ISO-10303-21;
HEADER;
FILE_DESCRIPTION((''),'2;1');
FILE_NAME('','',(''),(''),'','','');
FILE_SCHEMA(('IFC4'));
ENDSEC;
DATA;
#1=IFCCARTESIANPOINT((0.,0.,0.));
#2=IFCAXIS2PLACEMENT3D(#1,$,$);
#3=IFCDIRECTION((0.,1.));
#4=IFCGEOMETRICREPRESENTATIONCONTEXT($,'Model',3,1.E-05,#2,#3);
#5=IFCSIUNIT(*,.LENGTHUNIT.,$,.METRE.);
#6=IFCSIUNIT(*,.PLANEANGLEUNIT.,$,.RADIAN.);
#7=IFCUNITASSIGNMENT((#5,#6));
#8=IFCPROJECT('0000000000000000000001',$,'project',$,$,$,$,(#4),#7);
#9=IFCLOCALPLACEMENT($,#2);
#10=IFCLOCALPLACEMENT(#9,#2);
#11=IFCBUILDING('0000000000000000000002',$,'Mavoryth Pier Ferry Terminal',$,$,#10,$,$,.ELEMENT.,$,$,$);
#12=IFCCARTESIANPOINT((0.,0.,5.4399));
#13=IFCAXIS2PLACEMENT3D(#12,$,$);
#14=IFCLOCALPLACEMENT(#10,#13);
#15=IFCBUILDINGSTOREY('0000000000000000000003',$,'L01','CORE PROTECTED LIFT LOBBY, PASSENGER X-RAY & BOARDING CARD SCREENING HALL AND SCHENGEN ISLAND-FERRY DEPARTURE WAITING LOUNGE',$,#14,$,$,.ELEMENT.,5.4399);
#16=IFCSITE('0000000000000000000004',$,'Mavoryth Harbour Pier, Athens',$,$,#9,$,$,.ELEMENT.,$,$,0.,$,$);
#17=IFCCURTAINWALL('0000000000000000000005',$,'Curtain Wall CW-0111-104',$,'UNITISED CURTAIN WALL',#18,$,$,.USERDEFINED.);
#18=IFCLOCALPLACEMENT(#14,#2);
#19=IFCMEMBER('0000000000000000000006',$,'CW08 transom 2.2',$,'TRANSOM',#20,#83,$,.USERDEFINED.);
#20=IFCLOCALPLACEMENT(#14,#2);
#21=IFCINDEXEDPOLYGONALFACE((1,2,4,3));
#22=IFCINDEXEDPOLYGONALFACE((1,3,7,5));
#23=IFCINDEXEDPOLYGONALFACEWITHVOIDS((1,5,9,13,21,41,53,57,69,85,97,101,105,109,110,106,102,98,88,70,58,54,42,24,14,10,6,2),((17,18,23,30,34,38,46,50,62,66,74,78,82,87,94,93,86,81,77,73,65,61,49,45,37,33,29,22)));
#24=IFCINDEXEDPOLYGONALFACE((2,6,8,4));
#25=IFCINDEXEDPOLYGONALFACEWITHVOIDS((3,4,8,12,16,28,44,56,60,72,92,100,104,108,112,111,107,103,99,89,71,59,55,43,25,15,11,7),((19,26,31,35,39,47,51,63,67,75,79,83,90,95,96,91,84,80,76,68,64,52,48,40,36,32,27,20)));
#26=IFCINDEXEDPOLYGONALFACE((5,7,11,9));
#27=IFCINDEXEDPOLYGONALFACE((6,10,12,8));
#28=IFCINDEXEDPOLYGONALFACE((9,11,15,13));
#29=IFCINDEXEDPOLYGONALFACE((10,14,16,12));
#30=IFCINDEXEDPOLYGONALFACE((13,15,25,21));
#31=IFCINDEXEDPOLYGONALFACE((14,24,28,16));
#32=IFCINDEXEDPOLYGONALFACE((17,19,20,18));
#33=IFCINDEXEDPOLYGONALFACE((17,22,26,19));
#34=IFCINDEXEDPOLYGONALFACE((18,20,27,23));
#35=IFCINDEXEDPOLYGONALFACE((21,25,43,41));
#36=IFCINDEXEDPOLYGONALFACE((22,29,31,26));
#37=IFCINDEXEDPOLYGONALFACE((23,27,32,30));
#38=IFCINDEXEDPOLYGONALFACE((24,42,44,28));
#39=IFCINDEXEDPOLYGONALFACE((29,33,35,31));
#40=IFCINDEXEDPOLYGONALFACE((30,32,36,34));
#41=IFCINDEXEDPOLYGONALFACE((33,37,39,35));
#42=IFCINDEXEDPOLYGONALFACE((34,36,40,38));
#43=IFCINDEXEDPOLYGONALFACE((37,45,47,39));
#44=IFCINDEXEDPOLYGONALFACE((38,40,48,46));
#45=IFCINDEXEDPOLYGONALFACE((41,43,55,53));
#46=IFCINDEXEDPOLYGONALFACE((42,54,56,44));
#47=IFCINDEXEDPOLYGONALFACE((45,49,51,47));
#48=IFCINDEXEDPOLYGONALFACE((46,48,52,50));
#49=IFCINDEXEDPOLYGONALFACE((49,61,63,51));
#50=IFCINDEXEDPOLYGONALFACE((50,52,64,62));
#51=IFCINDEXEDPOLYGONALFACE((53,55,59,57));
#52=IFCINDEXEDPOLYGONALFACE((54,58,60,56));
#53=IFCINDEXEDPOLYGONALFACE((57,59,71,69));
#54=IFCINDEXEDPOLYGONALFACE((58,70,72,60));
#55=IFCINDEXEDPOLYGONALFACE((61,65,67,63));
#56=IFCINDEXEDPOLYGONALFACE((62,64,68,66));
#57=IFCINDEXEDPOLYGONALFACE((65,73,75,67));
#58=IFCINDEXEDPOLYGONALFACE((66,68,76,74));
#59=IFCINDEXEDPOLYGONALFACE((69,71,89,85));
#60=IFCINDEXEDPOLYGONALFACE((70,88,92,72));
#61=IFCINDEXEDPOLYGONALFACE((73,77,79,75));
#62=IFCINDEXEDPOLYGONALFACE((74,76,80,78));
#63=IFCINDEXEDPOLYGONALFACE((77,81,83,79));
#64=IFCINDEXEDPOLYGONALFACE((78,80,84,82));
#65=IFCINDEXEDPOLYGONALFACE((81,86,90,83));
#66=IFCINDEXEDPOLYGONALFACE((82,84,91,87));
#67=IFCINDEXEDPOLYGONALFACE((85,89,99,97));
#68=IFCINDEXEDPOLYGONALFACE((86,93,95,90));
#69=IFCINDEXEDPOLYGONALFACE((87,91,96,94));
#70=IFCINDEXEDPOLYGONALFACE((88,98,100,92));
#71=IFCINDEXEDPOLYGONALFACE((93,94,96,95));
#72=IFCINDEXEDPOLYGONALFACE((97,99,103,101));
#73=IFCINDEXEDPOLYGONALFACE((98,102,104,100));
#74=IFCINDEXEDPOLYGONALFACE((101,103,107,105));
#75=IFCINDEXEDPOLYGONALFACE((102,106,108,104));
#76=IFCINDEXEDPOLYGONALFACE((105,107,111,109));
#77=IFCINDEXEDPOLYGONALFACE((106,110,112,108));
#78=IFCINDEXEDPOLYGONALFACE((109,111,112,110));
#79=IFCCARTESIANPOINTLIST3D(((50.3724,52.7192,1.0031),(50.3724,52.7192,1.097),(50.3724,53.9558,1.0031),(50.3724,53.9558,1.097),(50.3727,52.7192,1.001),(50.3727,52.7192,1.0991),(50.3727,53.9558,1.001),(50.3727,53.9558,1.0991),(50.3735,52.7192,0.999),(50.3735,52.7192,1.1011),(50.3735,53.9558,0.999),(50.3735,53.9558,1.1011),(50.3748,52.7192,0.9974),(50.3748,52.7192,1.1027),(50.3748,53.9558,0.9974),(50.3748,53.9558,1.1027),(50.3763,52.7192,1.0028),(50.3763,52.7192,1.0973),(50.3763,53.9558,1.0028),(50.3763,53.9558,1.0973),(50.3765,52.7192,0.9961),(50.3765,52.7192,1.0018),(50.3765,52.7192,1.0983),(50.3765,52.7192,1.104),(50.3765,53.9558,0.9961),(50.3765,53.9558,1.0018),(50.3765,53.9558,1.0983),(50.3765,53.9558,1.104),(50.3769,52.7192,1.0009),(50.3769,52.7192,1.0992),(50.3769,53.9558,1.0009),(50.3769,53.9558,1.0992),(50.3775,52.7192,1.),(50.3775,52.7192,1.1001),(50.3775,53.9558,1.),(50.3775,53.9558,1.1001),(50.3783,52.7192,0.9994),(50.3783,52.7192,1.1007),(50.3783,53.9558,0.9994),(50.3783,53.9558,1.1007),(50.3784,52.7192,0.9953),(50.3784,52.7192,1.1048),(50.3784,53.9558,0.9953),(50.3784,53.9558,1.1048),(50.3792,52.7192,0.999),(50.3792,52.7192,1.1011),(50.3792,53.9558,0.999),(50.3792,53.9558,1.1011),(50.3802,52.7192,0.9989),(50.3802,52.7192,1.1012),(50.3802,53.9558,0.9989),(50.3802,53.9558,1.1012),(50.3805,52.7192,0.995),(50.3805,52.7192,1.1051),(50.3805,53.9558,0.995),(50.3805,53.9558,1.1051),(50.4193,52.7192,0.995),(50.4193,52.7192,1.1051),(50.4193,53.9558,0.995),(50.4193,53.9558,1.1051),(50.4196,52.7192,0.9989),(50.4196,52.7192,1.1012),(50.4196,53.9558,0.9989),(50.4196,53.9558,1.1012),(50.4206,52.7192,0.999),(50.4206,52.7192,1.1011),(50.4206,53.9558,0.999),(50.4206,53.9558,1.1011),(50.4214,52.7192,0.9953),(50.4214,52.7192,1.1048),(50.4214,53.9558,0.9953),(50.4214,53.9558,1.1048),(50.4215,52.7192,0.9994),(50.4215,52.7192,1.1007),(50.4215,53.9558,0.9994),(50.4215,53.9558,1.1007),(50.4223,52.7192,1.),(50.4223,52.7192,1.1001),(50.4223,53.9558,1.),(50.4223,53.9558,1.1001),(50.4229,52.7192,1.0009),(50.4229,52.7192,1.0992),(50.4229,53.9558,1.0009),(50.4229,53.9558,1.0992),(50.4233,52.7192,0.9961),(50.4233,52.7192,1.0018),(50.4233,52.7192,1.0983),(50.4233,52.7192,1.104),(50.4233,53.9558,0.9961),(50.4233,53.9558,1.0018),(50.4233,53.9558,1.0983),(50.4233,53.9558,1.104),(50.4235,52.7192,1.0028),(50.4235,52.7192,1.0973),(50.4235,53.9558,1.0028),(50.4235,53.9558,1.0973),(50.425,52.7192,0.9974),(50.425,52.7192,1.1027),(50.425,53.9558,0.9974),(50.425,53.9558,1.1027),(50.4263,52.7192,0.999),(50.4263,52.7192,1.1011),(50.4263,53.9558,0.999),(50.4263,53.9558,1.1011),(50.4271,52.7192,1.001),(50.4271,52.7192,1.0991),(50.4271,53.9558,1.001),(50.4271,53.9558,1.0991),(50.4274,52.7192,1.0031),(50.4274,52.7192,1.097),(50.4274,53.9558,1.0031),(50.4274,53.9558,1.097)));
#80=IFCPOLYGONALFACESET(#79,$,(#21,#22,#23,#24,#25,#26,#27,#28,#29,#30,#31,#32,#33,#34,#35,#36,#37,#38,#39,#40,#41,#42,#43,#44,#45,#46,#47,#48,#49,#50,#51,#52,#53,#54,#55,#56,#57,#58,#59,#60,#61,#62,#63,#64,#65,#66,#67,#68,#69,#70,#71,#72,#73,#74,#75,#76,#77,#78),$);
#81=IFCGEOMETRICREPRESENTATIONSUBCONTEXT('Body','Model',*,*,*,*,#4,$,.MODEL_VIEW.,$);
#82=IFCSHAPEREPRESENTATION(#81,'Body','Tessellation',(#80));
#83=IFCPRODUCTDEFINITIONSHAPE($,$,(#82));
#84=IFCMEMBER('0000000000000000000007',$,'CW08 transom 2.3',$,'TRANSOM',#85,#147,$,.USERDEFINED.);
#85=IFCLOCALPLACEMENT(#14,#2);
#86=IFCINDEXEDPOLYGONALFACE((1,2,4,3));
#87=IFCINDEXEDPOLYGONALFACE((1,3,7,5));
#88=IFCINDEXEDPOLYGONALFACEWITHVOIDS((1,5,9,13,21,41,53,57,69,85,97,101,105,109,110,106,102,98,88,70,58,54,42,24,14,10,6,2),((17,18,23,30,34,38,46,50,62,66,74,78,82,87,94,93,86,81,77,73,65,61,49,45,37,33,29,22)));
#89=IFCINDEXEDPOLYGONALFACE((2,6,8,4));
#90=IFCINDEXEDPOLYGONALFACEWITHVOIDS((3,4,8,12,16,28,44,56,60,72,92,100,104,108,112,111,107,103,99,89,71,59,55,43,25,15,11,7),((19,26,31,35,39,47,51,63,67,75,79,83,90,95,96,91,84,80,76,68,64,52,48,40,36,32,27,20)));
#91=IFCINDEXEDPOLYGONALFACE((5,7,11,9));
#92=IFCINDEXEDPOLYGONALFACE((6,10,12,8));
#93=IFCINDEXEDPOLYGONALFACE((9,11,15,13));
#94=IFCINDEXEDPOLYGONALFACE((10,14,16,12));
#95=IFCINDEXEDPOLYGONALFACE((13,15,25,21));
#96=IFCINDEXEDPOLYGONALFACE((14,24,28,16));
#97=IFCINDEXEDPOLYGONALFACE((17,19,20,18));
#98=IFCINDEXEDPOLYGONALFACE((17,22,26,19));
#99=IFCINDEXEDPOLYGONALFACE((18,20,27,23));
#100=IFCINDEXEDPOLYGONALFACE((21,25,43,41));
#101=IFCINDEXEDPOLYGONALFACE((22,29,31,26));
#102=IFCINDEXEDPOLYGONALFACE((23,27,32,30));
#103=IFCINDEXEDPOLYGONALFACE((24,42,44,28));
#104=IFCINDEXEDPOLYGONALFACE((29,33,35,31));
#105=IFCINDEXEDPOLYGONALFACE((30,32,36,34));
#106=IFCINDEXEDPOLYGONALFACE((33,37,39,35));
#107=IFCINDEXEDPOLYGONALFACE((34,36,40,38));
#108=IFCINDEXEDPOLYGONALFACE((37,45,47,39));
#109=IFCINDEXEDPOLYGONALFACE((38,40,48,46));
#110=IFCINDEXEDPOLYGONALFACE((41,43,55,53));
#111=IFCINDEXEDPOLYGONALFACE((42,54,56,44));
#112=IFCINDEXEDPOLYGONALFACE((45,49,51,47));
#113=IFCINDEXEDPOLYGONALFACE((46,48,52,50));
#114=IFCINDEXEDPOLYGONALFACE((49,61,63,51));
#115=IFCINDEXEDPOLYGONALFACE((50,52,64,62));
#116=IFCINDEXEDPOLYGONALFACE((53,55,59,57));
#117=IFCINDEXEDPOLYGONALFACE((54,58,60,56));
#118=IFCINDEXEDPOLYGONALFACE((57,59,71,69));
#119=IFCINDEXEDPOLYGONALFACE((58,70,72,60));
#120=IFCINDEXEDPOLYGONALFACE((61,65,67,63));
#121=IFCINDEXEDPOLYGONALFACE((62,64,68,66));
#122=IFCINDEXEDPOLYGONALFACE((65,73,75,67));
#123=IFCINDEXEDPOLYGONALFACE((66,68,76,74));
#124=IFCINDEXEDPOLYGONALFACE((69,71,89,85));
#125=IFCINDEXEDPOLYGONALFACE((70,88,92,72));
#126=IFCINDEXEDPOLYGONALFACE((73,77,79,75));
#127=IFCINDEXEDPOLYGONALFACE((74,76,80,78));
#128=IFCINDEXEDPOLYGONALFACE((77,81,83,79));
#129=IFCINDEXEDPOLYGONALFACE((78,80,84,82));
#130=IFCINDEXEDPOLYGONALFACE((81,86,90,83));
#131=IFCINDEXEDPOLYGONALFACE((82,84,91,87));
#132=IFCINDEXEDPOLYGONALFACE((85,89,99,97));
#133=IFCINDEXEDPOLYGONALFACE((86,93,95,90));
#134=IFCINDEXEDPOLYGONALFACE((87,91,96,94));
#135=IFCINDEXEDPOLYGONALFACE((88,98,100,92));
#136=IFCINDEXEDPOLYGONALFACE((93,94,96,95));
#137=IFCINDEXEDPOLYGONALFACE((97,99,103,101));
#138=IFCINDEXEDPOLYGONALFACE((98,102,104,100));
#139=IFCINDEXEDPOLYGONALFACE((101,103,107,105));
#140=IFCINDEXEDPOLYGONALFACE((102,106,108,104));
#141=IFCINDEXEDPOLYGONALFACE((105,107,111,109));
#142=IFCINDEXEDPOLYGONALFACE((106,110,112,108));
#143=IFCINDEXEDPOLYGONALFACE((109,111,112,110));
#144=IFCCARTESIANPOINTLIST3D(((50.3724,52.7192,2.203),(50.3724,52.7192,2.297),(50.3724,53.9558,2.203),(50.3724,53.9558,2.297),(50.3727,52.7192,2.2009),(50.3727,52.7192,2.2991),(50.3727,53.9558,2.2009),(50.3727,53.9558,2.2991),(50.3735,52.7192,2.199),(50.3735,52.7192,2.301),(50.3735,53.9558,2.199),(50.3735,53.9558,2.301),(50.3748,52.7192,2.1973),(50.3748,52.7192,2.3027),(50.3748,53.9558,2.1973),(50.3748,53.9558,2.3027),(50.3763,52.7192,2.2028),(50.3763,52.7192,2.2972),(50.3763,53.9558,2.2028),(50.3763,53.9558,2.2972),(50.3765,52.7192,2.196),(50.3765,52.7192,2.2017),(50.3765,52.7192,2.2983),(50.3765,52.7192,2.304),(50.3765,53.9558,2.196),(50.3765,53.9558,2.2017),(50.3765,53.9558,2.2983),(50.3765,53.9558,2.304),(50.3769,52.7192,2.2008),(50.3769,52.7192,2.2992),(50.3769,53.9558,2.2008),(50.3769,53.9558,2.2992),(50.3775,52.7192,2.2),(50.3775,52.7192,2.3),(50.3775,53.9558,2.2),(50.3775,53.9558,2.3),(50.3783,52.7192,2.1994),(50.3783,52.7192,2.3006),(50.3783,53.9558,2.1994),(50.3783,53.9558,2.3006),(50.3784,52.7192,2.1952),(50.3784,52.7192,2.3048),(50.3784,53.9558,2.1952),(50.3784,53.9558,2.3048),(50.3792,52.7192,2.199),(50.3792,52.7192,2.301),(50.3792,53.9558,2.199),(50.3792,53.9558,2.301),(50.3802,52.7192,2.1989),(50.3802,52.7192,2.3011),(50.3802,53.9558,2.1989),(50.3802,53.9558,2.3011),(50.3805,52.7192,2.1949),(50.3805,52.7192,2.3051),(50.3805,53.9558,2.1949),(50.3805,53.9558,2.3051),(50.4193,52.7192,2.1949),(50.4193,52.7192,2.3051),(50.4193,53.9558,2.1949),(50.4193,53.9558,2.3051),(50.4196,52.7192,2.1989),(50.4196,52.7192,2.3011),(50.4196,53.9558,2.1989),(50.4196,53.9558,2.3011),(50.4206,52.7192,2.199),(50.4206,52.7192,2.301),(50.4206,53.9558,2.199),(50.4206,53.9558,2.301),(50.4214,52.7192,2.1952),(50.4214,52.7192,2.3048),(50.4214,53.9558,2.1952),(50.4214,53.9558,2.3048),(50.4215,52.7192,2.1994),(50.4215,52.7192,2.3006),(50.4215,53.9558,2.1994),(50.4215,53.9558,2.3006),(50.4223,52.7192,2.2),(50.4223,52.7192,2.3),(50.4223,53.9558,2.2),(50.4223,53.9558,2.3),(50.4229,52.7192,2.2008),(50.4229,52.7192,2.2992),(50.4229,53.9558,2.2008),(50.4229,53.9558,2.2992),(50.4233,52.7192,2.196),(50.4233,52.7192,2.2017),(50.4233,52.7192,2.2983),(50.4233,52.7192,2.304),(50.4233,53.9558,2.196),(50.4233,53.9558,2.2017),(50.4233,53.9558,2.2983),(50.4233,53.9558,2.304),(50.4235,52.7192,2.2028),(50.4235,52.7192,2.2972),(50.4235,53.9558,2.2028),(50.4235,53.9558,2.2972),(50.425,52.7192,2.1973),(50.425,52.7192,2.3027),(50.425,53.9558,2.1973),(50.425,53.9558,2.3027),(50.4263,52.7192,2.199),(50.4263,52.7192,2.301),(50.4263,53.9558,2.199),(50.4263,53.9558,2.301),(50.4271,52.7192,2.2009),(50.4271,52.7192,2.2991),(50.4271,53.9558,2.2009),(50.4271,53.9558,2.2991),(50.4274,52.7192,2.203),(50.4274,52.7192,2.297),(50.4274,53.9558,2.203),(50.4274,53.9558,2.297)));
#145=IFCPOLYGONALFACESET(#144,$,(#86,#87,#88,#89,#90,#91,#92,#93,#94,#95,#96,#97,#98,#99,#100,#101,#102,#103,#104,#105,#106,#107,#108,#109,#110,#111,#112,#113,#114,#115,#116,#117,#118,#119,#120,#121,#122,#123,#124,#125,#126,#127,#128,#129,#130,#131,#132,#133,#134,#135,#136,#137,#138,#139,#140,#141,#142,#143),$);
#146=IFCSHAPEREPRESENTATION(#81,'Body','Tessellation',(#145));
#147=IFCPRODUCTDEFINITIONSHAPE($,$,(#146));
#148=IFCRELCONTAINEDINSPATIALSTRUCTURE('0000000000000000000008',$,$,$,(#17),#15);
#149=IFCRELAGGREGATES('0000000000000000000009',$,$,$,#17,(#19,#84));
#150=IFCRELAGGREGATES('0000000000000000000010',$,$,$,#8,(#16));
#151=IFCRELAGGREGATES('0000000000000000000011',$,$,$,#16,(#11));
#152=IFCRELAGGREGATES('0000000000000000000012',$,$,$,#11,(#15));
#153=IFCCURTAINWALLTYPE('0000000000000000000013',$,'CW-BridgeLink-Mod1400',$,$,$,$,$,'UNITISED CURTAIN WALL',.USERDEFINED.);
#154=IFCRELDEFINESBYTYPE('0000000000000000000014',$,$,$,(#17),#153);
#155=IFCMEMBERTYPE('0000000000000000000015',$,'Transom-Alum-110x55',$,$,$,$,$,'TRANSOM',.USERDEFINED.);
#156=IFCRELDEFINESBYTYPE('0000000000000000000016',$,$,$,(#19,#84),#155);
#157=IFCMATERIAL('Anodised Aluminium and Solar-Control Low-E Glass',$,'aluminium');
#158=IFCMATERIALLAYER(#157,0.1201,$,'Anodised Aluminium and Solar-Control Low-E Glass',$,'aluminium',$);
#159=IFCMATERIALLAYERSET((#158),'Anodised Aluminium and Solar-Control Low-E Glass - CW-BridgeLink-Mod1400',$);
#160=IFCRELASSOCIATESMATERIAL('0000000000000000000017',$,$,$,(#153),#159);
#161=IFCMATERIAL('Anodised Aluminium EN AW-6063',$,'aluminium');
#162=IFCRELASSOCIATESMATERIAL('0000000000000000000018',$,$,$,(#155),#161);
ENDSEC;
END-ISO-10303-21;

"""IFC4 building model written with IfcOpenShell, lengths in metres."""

from ifc_helpers import new_model, si_unit, direction, frame, origin, origin_2d, place, context, subcontext, project, spatial, hollow_rectangle, extrude, material, layer, layer_set, material_profile, profile_set, type_object, element, aggregate, save


model = new_model("IFC4")

# Units and contexts
model_context = context("Model", 3, precision=1e-05, world=origin(), true_north=direction((0.0, 1.0)))
body_context = subcontext(model_context, "Body", "Model", "MODEL_VIEW")
ifc_project = project(units=[si_unit("LENGTHUNIT", "METRE"), si_unit("PLANEANGLEUNIT", "RADIAN")], contexts=[model_context])

# Site, building, storey
site_placement = place(None, origin())
site = spatial("IfcSite", under=ifc_project, at=site_placement, Name="Mavoryth Harbour Pier, Athens", CompositionType="ELEMENT", RefElevation=0.0)
building_placement = place(site_placement, origin())
building = spatial("IfcBuilding", under=site, at=building_placement, Name="Mavoryth Pier Ferry Terminal", CompositionType="ELEMENT")
storey_placement = place(building_placement, frame((0.0, 0.0, 5.4399)))
storey = spatial("IfcBuildingStorey", under=building, at=storey_placement, Name="L01", Description="CORE PROTECTED LIFT LOBBY, PASSENGER X-RAY & BOARDING CARD SCREENING HALL AND SCHENGEN ISLAND-FERRY DEPARTURE WAITING LOUNGE", CompositionType="ELEMENT", Elevation=5.4399)

# Curtain wall, members
ifc_material_1 = material(Name="Anodised Aluminium and Solar-Control Low-E Glass", Category="aluminium")
ifc_layer_1 = layer(ifc_material_1, 0.1201, Name="Anodised Aluminium and Solar-Control Low-E Glass", Category="aluminium")
ifc_layer_set_1 = layer_set([ifc_layer_1], Name="Anodised Aluminium and Solar-Control Low-E Glass - CW-BridgeLink-Mod1400")
curtain_wall_type = type_object("IfcCurtainWallType", Name="CW-BridgeLink-Mod1400", ElementType="UNITISED CURTAIN WALL", PredefinedType="USERDEFINED", material=ifc_layer_set_1)
curtain_wall_placement = place(storey_placement, origin())
curtain_wall = element("IfcCurtainWall", 1, at=curtain_wall_placement, inside=storey, type_object=curtain_wall_type, Name="Curtain Wall CW-0111-104", ObjectType="UNITISED CURTAIN WALL", PredefinedType="USERDEFINED")
ifc_material_2 = material(Name="Anodised Aluminium EN AW-6063", Category="aluminium")
ifc_material_profile_1 = material_profile(ifc_material_2, hollow_rectangle(XDim=0.0549, YDim=0.1101, WallThickness=0.0039, InnerFilletRadius=0.0039, OuterFilletRadius=0.0081, at=origin_2d()), Name="AL-TRAN 110x55x4", Category="aluminium")
ifc_profile_set_1 = profile_set([ifc_material_profile_1], Name="Anodised Aluminium EN AW-6063 - AL-TRAN 110x55x4")
member_type_1 = type_object("IfcMemberType", Name="Transom-Alum-110x55", ElementType="TRANSOM", PredefinedType="USERDEFINED", material=ifc_profile_set_1)
member_1_placement = place(storey_placement, frame((50.3999, 53.9558, 1.05), z_axis=(0.0, -1.0, 0.0), x_axis=(1.0, 0.0, 0.0)))
member_1 = element("IfcMember", 2, at=member_1_placement, type_object=member_type_1, Name="CW08 transom 2.2", ObjectType="TRANSOM", PredefinedType="USERDEFINED", context=body_context, shape_type="SweptSolid", body=[
    extrude(hollow_rectangle(XDim=0.0549, YDim=0.1101, WallThickness=0.0039, InnerFilletRadius=0.0039, OuterFilletRadius=0.0081, at=origin_2d()), origin(), (0.0, 0.0, 1.0), 1.2366),
])
member_2_placement = place(storey_placement, frame((50.3999, 53.9558, 2.25), z_axis=(0.0, -1.0, 0.0), x_axis=(1.0, 0.0, 0.0)))
member_2 = element("IfcMember", 3, at=member_2_placement, type_object=member_type_1, Name="CW08 transom 2.3", ObjectType="TRANSOM", PredefinedType="USERDEFINED", context=body_context, shape_type="SweptSolid", body=[
    extrude(hollow_rectangle(XDim=0.0549, YDim=0.1101, WallThickness=0.0039, InnerFilletRadius=0.0039, OuterFilletRadius=0.0081, at=origin_2d()), origin(), (0.0, 0.0, 1.0), 1.2366),
])
aggregate(curtain_wall, [member_1, member_2])

save(model, "model.ifc")
